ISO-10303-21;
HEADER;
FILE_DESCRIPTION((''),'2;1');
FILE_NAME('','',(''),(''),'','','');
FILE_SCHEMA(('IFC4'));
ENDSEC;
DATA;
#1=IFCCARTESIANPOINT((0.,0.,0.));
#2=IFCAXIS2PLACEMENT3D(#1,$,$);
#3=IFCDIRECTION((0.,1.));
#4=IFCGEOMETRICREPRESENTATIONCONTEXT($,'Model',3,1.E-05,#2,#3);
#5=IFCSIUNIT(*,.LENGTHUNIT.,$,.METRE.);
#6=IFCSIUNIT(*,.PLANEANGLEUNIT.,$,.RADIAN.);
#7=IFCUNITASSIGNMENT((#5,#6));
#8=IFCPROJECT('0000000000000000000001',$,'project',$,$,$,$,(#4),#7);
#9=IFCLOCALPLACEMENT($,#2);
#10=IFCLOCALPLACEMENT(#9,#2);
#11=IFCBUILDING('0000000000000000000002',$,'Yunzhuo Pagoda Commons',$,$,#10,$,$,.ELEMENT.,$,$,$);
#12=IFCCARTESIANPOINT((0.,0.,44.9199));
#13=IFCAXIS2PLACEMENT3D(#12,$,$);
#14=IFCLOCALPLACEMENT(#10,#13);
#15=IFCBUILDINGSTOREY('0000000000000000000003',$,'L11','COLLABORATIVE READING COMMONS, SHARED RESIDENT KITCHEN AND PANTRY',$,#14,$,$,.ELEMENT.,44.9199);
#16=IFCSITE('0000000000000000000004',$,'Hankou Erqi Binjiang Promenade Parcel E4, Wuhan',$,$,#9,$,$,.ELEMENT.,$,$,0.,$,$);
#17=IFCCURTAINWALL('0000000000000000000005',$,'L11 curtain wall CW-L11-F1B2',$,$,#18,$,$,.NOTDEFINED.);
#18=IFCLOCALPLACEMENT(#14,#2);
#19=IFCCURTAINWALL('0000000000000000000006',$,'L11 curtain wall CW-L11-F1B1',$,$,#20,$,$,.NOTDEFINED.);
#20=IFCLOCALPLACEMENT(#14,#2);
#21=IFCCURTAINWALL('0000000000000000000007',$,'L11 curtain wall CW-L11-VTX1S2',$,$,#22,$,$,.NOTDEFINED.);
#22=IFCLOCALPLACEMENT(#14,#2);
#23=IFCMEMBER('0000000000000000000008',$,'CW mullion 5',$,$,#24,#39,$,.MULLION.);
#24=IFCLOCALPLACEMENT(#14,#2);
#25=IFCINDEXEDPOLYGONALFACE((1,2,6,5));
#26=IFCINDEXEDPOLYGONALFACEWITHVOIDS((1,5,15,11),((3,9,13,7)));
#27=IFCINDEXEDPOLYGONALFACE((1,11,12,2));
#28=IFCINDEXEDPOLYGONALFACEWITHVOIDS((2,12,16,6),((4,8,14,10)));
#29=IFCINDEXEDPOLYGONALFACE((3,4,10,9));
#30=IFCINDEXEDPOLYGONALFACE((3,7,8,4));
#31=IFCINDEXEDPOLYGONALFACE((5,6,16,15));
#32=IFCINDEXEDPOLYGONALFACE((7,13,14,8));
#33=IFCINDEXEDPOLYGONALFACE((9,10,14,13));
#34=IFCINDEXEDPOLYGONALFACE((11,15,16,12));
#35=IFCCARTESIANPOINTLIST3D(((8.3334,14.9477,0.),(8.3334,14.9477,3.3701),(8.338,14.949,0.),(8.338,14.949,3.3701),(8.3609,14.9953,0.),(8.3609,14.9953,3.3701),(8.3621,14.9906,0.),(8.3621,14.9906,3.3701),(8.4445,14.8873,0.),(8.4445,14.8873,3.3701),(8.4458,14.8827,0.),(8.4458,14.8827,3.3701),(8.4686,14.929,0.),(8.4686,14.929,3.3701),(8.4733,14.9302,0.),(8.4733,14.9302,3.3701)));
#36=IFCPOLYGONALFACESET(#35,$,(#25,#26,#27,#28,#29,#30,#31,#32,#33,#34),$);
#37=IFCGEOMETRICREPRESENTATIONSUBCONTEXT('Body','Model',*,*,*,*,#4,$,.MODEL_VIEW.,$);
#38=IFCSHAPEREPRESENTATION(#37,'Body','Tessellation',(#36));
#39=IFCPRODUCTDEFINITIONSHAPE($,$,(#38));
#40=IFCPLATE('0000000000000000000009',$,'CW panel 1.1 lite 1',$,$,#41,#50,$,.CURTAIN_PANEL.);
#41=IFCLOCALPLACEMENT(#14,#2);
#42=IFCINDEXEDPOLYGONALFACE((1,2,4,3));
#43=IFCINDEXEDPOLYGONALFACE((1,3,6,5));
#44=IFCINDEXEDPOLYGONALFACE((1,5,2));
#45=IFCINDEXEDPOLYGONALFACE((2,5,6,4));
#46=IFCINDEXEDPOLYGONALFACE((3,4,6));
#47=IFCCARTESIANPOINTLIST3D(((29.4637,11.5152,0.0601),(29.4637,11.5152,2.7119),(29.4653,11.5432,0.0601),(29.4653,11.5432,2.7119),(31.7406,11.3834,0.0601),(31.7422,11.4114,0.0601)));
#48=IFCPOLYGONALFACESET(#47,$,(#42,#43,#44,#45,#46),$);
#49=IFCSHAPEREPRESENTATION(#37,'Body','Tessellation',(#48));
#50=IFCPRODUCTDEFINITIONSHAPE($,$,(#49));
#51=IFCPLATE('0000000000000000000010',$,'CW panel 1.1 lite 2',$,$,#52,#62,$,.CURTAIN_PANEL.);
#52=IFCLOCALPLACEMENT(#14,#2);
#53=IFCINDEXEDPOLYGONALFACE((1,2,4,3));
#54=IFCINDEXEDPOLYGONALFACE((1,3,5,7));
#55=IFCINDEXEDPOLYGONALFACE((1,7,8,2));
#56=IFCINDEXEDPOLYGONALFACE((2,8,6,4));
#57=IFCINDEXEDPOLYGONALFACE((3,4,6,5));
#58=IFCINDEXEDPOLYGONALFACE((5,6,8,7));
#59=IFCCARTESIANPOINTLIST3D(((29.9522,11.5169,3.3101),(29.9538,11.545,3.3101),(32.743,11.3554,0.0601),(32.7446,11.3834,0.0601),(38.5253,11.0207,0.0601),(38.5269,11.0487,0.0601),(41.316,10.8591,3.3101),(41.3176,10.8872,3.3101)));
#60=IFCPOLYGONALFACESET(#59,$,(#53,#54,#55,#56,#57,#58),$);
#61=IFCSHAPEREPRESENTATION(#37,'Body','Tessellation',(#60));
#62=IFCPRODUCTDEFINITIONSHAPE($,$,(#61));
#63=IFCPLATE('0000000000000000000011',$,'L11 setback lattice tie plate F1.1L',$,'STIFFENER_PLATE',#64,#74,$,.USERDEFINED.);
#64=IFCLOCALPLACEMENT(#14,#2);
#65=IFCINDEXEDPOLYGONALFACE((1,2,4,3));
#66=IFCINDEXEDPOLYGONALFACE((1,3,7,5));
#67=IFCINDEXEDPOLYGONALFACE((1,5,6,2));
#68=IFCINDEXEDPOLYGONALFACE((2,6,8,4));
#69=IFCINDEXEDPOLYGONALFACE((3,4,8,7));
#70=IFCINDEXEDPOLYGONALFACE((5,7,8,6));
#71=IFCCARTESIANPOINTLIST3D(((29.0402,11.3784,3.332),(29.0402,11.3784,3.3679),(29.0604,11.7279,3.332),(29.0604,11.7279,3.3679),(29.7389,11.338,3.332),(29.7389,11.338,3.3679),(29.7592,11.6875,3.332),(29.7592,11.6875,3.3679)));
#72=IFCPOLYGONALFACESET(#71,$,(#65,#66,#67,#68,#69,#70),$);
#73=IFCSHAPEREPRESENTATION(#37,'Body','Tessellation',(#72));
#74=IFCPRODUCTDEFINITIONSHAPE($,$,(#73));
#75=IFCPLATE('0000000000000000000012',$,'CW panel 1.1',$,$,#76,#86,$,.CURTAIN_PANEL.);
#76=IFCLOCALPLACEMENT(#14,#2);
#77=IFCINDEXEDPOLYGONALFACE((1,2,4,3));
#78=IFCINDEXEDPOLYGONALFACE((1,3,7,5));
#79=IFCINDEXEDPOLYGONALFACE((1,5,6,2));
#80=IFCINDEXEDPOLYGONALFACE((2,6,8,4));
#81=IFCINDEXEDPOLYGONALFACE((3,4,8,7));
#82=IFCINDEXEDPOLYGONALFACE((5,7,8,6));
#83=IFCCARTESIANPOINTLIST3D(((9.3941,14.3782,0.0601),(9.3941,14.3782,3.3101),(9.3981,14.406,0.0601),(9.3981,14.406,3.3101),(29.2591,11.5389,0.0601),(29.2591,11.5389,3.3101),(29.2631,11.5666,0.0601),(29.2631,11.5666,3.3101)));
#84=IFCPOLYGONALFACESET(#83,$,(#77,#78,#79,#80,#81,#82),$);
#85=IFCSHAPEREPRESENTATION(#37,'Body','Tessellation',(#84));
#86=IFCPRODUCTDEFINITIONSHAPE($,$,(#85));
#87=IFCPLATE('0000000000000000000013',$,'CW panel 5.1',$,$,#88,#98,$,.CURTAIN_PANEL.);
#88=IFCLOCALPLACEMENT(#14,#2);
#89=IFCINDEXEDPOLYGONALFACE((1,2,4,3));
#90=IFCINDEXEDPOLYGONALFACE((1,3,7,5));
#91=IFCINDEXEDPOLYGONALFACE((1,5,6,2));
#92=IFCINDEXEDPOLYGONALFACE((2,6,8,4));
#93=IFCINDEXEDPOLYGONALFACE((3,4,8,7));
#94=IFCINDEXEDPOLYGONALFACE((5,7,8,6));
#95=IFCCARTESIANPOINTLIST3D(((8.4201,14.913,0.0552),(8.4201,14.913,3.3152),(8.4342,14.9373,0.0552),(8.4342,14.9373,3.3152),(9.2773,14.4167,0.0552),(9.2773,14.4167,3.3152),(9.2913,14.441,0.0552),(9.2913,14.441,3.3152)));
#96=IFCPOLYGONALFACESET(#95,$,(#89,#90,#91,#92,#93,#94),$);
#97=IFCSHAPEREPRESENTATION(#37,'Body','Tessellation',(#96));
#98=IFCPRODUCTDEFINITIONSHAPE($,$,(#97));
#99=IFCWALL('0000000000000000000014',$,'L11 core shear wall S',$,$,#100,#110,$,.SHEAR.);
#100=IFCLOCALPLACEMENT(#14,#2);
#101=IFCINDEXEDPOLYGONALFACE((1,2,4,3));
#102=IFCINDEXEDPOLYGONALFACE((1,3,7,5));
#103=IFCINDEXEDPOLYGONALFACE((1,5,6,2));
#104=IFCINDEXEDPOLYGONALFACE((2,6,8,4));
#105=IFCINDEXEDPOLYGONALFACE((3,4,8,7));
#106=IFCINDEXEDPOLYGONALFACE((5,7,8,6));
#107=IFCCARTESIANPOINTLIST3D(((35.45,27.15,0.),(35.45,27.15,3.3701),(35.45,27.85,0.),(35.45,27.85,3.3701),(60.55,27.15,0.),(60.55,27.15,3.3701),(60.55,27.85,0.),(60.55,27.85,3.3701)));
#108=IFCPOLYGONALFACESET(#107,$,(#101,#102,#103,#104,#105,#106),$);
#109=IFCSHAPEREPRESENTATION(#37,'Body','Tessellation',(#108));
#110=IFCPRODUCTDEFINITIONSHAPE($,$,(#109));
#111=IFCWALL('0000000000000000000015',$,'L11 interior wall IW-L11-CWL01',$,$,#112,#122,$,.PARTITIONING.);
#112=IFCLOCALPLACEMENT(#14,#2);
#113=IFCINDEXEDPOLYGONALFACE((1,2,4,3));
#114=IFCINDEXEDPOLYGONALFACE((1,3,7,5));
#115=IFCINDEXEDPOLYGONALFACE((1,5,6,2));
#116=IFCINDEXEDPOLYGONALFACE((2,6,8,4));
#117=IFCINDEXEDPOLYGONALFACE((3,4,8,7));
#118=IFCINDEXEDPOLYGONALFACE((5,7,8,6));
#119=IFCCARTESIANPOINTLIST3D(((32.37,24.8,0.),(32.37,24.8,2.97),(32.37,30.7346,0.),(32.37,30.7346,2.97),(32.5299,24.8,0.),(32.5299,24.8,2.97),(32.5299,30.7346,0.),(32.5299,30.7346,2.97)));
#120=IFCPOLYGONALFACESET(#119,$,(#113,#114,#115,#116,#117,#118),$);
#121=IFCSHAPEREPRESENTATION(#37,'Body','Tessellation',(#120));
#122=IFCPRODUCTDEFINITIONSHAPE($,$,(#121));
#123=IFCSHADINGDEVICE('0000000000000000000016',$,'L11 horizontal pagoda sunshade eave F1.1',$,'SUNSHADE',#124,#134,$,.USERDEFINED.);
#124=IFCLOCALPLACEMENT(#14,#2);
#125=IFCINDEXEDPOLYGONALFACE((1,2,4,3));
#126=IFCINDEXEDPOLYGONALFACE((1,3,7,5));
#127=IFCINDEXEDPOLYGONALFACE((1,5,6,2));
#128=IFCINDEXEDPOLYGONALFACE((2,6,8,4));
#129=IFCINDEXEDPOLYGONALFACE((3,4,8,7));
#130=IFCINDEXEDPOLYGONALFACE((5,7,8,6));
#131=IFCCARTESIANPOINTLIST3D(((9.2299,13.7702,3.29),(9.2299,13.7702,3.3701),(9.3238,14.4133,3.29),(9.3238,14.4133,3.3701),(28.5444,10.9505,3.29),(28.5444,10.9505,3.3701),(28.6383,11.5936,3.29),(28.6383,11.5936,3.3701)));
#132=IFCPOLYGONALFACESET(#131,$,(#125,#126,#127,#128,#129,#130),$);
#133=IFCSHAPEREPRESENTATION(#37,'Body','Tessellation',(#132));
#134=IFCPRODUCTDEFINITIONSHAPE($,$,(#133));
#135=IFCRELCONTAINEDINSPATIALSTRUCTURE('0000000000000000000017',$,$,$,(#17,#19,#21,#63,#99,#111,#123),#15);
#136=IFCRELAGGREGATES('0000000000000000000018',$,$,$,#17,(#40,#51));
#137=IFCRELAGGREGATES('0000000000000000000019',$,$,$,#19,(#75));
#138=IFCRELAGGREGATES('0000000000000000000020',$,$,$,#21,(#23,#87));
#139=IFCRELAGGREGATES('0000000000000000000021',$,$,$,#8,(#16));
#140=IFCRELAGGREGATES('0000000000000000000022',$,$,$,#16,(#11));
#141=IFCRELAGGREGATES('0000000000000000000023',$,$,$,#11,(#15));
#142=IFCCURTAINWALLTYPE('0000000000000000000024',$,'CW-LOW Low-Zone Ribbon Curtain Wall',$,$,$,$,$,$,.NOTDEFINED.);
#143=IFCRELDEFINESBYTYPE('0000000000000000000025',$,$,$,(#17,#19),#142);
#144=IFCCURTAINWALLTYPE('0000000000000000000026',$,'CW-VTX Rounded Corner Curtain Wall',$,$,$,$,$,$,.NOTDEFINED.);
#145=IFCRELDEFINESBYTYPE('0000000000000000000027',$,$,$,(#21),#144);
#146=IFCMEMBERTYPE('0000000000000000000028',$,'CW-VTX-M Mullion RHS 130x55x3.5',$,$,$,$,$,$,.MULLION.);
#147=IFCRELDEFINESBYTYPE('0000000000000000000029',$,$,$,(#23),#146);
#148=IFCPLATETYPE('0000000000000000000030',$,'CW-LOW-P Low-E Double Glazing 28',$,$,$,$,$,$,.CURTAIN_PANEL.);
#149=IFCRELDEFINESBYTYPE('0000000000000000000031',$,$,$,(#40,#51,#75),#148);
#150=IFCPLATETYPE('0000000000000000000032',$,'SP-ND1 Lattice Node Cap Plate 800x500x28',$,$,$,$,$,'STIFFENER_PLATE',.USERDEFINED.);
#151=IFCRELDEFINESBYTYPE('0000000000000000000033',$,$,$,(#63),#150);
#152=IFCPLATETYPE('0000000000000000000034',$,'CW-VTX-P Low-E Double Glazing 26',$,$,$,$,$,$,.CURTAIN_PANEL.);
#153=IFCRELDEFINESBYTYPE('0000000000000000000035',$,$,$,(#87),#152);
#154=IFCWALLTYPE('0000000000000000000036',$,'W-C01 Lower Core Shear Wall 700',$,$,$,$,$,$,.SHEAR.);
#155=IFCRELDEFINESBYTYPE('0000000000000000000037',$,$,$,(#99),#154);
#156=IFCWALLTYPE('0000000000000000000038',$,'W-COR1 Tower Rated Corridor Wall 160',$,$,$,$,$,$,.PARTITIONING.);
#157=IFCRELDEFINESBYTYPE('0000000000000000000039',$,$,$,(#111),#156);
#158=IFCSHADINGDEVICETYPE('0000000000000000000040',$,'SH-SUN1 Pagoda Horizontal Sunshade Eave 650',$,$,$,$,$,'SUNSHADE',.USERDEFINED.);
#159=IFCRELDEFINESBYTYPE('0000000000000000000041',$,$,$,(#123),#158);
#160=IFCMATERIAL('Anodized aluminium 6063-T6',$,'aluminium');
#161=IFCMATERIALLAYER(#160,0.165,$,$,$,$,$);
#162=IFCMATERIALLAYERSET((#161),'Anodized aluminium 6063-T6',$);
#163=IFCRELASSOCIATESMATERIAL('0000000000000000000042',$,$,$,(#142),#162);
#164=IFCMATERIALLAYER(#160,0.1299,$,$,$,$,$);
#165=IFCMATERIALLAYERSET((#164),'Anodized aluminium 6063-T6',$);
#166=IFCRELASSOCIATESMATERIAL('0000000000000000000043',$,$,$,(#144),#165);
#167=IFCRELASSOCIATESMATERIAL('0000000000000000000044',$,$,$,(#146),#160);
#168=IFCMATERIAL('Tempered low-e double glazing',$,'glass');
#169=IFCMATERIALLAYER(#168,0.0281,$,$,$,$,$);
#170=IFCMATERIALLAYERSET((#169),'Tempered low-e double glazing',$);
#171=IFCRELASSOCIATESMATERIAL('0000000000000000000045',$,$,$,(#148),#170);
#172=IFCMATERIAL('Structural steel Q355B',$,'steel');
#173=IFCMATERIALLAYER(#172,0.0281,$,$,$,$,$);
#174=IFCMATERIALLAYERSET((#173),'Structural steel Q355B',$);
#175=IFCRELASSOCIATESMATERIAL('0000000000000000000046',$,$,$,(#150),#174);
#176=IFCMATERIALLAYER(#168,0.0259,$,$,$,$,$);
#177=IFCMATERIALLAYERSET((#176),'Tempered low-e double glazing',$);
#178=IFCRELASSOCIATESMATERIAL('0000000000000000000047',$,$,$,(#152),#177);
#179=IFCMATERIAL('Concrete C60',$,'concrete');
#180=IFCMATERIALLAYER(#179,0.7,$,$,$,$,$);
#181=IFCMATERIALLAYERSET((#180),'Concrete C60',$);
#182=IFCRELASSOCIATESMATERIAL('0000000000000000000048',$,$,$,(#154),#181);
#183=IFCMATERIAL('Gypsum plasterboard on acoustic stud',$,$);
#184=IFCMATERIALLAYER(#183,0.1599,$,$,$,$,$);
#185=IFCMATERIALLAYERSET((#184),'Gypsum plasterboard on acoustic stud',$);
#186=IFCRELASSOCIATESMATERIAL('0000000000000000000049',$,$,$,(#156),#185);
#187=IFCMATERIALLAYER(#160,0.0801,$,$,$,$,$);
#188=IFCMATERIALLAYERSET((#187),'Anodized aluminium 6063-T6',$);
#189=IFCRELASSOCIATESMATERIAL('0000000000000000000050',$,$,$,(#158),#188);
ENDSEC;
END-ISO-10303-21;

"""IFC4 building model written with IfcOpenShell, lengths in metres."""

from ifc_helpers import new_model, si_unit, direction, frame, frame_2d, origin, origin_2d, place, context, subcontext, project, spatial, polyline, rectangle, hollow_rectangle, outline, extrude, source, transform, mapped, material, layer, layer_set, material_profile, profile_set, type_object, element, aggregate, save


model = new_model("IFC4")

# Units and contexts
model_context = context("Model", 3, precision=1e-05, world=origin(), true_north=direction((0.0, 1.0)))
body_context = subcontext(model_context, "Body", "Model", "MODEL_VIEW")
ifc_project = project(units=[si_unit("LENGTHUNIT", "METRE"), si_unit("PLANEANGLEUNIT", "RADIAN")], contexts=[model_context])

# Site, building, storey
site_placement = place(None, origin())
site = spatial("IfcSite", under=ifc_project, at=site_placement, Name="Hankou Erqi Binjiang Promenade Parcel E4, Wuhan", CompositionType="ELEMENT", RefElevation=0.0)
building_placement = place(site_placement, origin())
building = spatial("IfcBuilding", under=site, at=building_placement, Name="Yunzhuo Pagoda Commons", CompositionType="ELEMENT")
storey_placement = place(building_placement, frame((0.0, 0.0, 44.9199)))
storey = spatial("IfcBuildingStorey", under=building, at=storey_placement, Name="L11", Description="COLLABORATIVE READING COMMONS, SHARED RESIDENT KITCHEN AND PANTRY", CompositionType="ELEMENT", Elevation=44.9199)

# Shared definitions
ifc_material_1 = material(Name="Structural steel Q355B", Category="steel")

# Curtain wall
ifc_material_2 = material(Name="Anodized aluminium 6063-T6", Category="aluminium")
ifc_layer_1 = layer(ifc_material_2, 0.165)
ifc_layer_set_1 = layer_set([ifc_layer_1], Name="Anodized aluminium 6063-T6")
curtain_wall_type_1 = type_object("IfcCurtainWallType", Name="CW-LOW Low-Zone Ribbon Curtain Wall", PredefinedType="NOTDEFINED", material=ifc_layer_set_1)
curtain_wall_1_placement = place(storey_placement, origin())
curtain_wall_1 = element("IfcCurtainWall", 1, at=curtain_wall_1_placement, inside=storey, type_object=curtain_wall_type_1, Name="L11 curtain wall CW-L11-F1B2", PredefinedType="NOTDEFINED")

# Curtain wall
curtain_wall_2_placement = place(storey_placement, origin())
curtain_wall_2 = element("IfcCurtainWall", 2, at=curtain_wall_2_placement, inside=storey, type_object=curtain_wall_type_1, Name="L11 curtain wall CW-L11-F1B1", PredefinedType="NOTDEFINED")

# Curtain wall, member
ifc_layer_2 = layer(ifc_material_2, 0.1299)
ifc_layer_set_2 = layer_set([ifc_layer_2], Name="Anodized aluminium 6063-T6")
curtain_wall_type_2 = type_object("IfcCurtainWallType", Name="CW-VTX Rounded Corner Curtain Wall", PredefinedType="NOTDEFINED", material=ifc_layer_set_2)
curtain_wall_3_placement = place(storey_placement, origin())
curtain_wall_3 = element("IfcCurtainWall", 3, at=curtain_wall_3_placement, inside=storey, type_object=curtain_wall_type_2, Name="L11 curtain wall CW-L11-VTX1S2", PredefinedType="NOTDEFINED")
ifc_material_profile_1 = material_profile(ifc_material_2, hollow_rectangle(XDim=0.0549, YDim=0.1299, WallThickness=0.0034, at=origin_2d()), Name="Anodized aluminium 6063-T6")
ifc_profile_set_1 = profile_set([ifc_material_profile_1], Name="Anodized aluminium 6063-T6")
member_type_1 = type_object("IfcMemberType", Name="CW-VTX-M Mullion RHS 130x55x3.5", PredefinedType="MULLION", material=ifc_profile_set_1)
shared_shape_1 = source(origin(), body_context, "Body", "SweptSolid", [
    extrude(hollow_rectangle(XDim=0.0549, YDim=0.1299, WallThickness=0.0034, at=origin_2d()), origin(), (0.0, 0.0, 1.0), 3.3701),
])
member_1_placement = place(storey_placement, frame((8.4033, 14.939, 0.0), z_axis=(0.0, 0.0, 1.0), x_axis=(0.501041, 0.865423, 0.0)))
member_1 = element("IfcMember", 4, at=member_1_placement, type_object=member_type_1, Name="CW mullion 5", PredefinedType="MULLION", context=body_context, shape_type="MappedRepresentation", body=[
    mapped(shared_shape_1, transform((0.0, 0.0, 0.0), scale=1.0)),
])

# Plates
ifc_material_3 = material(Name="Tempered low-e double glazing", Category="glass")
ifc_layer_3 = layer(ifc_material_3, 0.0281)
ifc_layer_set_3 = layer_set([ifc_layer_3], Name="Tempered low-e double glazing")
plate_type_1 = type_object("IfcPlateType", Name="CW-LOW-P Low-E Double Glazing 28", PredefinedType="CURTAIN_PANEL", material=ifc_layer_set_3)
plate_1_placement = place(storey_placement, frame((30.6038, 11.4773, 1.386), z_axis=(-0.057791, -0.998329, 0.0), x_axis=(0.998329, -0.057791, 0.0)))
plate_1 = element("IfcPlate", 5, at=plate_1_placement, type_object=plate_type_1, Name="CW panel 1.1 lite 1", PredefinedType="CURTAIN_PANEL", context=body_context, shape_type="SweptSolid", body=[
    extrude(outline(polyline([(-1.1404, -1.3259), (1.1404, -1.3259), (-1.1404, 1.3259), (-1.1404, -1.3259)])), origin(), (0.0, 0.0, 1.0), 0.0281),
])
plate_2_placement = place(storey_placement, frame((35.6357, 11.2161, 1.6851), z_axis=(-0.057791, -0.998329, 0.0), x_axis=(0.998329, -0.057791, 0.0)))
plate_2 = element("IfcPlate", 6, at=plate_2_placement, type_object=plate_type_1, Name="CW panel 1.1 lite 2", PredefinedType="CURTAIN_PANEL", context=body_context, shape_type="SweptSolid", body=[
    extrude(outline(polyline([(-5.6914, 1.625), (-2.896, -1.625), (2.896, -1.625), (5.6914, 1.625), (-5.6914, 1.625)])), origin(), (0.0, 0.0, 1.0), 0.0281),
])
aggregate(curtain_wall_1, [plate_1, plate_2])
ifc_layer_4 = layer(ifc_material_1, 0.0281)
ifc_layer_set_4 = layer_set([ifc_layer_4], Name="Structural steel Q355B")
plate_type_2 = type_object("IfcPlateType", Name="SP-ND1 Lattice Node Cap Plate 800x500x28", ElementType="STIFFENER_PLATE", PredefinedType="USERDEFINED", material=ifc_layer_set_4)
shared_shape_2 = source(origin(), body_context, "Body", "SweptSolid", [
    extrude(rectangle(XDim=0.7, YDim=0.3501, at=origin_2d()), origin(), (0.0, 0.0, 1.0), 0.0359),
])
plate_3_placement = place(storey_placement, frame((29.3997, 11.533, 3.332), z_axis=(0.0, 0.0, 1.0), x_axis=(0.998329, -0.057791, 0.0)))
element("IfcPlate", 7, at=plate_3_placement, inside=storey, type_object=plate_type_2, Name="L11 setback lattice tie plate F1.1L", ObjectType="STIFFENER_PLATE", PredefinedType="USERDEFINED", context=body_context, shape_type="MappedRepresentation", body=[
    mapped(shared_shape_2, transform((0.0, 0.0, 0.0), scale=1.0)),
])
shared_shape_3 = source(origin(), body_context, "Body", "SweptSolid", [
    extrude(rectangle(XDim=20.0669, YDim=0.0281, at=origin_2d()), origin(), (0.0, 0.0, 1.0), 3.25),
])
plate_4_placement = place(storey_placement, frame((19.3286, 12.9724, 0.0601), z_axis=(0.0, 0.0, 1.0), x_axis=(0.989939, -0.141493, 0.0)))
plate_4 = element("IfcPlate", 8, at=plate_4_placement, type_object=plate_type_1, Name="CW panel 1.1", PredefinedType="CURTAIN_PANEL", context=body_context, shape_type="MappedRepresentation", body=[
    mapped(shared_shape_3, transform((0.0, 0.0, 0.0), scale=1.0)),
])
aggregate(curtain_wall_2, [plate_4])
ifc_layer_5 = layer(ifc_material_3, 0.0259)
ifc_layer_set_5 = layer_set([ifc_layer_5], Name="Tempered low-e double glazing")
plate_type_3 = type_object("IfcPlateType", Name="CW-VTX-P Low-E Double Glazing 26", PredefinedType="CURTAIN_PANEL", material=ifc_layer_set_5)
shared_shape_4 = source(origin(), body_context, "Body", "SweptSolid", [
    extrude(rectangle(XDim=0.9905, YDim=0.0281, at=origin_2d()), origin(), (0.0, 0.0, 1.0), 3.26),
])
plate_5_placement = place(storey_placement, frame((8.8557, 14.677, 0.0552), z_axis=(0.0, 0.0, 1.0), x_axis=(0.865423, -0.501041, 0.0)))
plate_5 = element("IfcPlate", 9, at=plate_5_placement, type_object=plate_type_3, Name="CW panel 5.1", PredefinedType="CURTAIN_PANEL", context=body_context, shape_type="MappedRepresentation", body=[
    mapped(shared_shape_4, transform((0.0, 0.0, 0.0), scale=1.0)),
])
aggregate(curtain_wall_3, [member_1, plate_5])

# Walls
ifc_material_4 = material(Name="Concrete C60", Category="concrete")
ifc_layer_6 = layer(ifc_material_4, 0.7)
ifc_layer_set_6 = layer_set([ifc_layer_6], Name="Concrete C60")
wall_type_1 = type_object("IfcWallType", Name="W-C01 Lower Core Shear Wall 700", PredefinedType="SHEAR", material=ifc_layer_set_6)
wall_1_placement = place(storey_placement, frame((35.45, 27.5, 0.0), z_axis=(0.0, 0.0, 1.0), x_axis=(1.0, 0.0, 0.0)))
element("IfcWall", 10, at=wall_1_placement, inside=storey, type_object=wall_type_1, Name="L11 core shear wall S", PredefinedType="SHEAR", context=body_context, shape_type="SweptSolid", body=[
    extrude(rectangle(XDim=25.1001, YDim=0.7, at=frame_2d((12.55, 0.0))), origin(), (0.0, 0.0, 1.0), 3.3701),
])
ifc_material_5 = material(Name="Gypsum plasterboard on acoustic stud")
ifc_layer_7 = layer(ifc_material_5, 0.1599)
ifc_layer_set_7 = layer_set([ifc_layer_7], Name="Gypsum plasterboard on acoustic stud")
wall_type_2 = type_object("IfcWallType", Name="W-COR1 Tower Rated Corridor Wall 160", PredefinedType="PARTITIONING", material=ifc_layer_set_7)
wall_2_placement = place(storey_placement, frame((32.45, 24.8, 0.0), z_axis=(0.0, 0.0, 1.0), x_axis=(0.0, 1.0, 0.0)))
element("IfcWall", 11, at=wall_2_placement, inside=storey, type_object=wall_type_2, Name="L11 interior wall IW-L11-CWL01", PredefinedType="PARTITIONING", context=body_context, shape_type="SweptSolid", body=[
    extrude(rectangle(XDim=5.9346, YDim=0.1599, at=frame_2d((2.9673, 0.0))), origin(), (0.0, 0.0, 1.0), 2.97),
])

# Shading device
ifc_layer_8 = layer(ifc_material_2, 0.0801)
ifc_layer_set_8 = layer_set([ifc_layer_8], Name="Anodized aluminium 6063-T6")
shading_device_type = type_object("IfcShadingDeviceType", Name="SH-SUN1 Pagoda Horizontal Sunshade Eave 650", ElementType="SUNSHADE", PredefinedType="USERDEFINED", material=ifc_layer_set_8)
shared_shape_5 = source(origin(), body_context, "Body", "SweptSolid", [
    extrude(rectangle(XDim=19.5193, YDim=0.6499, at=origin_2d()), origin(), (0.0, 0.0, 1.0), 0.0801),
])
shading_device_placement = place(storey_placement, frame((18.9341, 12.6819, 3.29), z_axis=(0.0, 0.0, 1.0), x_axis=(0.989511, -0.14446, 0.0)))
element("IfcShadingDevice", 12, at=shading_device_placement, inside=storey, type_object=shading_device_type, Name="L11 horizontal pagoda sunshade eave F1.1", ObjectType="SUNSHADE", PredefinedType="USERDEFINED", context=body_context, shape_type="MappedRepresentation", body=[
    mapped(shared_shape_5, transform((0.0, 0.0, 0.0), scale=1.0)),
])

save(model, "model.ifc")
